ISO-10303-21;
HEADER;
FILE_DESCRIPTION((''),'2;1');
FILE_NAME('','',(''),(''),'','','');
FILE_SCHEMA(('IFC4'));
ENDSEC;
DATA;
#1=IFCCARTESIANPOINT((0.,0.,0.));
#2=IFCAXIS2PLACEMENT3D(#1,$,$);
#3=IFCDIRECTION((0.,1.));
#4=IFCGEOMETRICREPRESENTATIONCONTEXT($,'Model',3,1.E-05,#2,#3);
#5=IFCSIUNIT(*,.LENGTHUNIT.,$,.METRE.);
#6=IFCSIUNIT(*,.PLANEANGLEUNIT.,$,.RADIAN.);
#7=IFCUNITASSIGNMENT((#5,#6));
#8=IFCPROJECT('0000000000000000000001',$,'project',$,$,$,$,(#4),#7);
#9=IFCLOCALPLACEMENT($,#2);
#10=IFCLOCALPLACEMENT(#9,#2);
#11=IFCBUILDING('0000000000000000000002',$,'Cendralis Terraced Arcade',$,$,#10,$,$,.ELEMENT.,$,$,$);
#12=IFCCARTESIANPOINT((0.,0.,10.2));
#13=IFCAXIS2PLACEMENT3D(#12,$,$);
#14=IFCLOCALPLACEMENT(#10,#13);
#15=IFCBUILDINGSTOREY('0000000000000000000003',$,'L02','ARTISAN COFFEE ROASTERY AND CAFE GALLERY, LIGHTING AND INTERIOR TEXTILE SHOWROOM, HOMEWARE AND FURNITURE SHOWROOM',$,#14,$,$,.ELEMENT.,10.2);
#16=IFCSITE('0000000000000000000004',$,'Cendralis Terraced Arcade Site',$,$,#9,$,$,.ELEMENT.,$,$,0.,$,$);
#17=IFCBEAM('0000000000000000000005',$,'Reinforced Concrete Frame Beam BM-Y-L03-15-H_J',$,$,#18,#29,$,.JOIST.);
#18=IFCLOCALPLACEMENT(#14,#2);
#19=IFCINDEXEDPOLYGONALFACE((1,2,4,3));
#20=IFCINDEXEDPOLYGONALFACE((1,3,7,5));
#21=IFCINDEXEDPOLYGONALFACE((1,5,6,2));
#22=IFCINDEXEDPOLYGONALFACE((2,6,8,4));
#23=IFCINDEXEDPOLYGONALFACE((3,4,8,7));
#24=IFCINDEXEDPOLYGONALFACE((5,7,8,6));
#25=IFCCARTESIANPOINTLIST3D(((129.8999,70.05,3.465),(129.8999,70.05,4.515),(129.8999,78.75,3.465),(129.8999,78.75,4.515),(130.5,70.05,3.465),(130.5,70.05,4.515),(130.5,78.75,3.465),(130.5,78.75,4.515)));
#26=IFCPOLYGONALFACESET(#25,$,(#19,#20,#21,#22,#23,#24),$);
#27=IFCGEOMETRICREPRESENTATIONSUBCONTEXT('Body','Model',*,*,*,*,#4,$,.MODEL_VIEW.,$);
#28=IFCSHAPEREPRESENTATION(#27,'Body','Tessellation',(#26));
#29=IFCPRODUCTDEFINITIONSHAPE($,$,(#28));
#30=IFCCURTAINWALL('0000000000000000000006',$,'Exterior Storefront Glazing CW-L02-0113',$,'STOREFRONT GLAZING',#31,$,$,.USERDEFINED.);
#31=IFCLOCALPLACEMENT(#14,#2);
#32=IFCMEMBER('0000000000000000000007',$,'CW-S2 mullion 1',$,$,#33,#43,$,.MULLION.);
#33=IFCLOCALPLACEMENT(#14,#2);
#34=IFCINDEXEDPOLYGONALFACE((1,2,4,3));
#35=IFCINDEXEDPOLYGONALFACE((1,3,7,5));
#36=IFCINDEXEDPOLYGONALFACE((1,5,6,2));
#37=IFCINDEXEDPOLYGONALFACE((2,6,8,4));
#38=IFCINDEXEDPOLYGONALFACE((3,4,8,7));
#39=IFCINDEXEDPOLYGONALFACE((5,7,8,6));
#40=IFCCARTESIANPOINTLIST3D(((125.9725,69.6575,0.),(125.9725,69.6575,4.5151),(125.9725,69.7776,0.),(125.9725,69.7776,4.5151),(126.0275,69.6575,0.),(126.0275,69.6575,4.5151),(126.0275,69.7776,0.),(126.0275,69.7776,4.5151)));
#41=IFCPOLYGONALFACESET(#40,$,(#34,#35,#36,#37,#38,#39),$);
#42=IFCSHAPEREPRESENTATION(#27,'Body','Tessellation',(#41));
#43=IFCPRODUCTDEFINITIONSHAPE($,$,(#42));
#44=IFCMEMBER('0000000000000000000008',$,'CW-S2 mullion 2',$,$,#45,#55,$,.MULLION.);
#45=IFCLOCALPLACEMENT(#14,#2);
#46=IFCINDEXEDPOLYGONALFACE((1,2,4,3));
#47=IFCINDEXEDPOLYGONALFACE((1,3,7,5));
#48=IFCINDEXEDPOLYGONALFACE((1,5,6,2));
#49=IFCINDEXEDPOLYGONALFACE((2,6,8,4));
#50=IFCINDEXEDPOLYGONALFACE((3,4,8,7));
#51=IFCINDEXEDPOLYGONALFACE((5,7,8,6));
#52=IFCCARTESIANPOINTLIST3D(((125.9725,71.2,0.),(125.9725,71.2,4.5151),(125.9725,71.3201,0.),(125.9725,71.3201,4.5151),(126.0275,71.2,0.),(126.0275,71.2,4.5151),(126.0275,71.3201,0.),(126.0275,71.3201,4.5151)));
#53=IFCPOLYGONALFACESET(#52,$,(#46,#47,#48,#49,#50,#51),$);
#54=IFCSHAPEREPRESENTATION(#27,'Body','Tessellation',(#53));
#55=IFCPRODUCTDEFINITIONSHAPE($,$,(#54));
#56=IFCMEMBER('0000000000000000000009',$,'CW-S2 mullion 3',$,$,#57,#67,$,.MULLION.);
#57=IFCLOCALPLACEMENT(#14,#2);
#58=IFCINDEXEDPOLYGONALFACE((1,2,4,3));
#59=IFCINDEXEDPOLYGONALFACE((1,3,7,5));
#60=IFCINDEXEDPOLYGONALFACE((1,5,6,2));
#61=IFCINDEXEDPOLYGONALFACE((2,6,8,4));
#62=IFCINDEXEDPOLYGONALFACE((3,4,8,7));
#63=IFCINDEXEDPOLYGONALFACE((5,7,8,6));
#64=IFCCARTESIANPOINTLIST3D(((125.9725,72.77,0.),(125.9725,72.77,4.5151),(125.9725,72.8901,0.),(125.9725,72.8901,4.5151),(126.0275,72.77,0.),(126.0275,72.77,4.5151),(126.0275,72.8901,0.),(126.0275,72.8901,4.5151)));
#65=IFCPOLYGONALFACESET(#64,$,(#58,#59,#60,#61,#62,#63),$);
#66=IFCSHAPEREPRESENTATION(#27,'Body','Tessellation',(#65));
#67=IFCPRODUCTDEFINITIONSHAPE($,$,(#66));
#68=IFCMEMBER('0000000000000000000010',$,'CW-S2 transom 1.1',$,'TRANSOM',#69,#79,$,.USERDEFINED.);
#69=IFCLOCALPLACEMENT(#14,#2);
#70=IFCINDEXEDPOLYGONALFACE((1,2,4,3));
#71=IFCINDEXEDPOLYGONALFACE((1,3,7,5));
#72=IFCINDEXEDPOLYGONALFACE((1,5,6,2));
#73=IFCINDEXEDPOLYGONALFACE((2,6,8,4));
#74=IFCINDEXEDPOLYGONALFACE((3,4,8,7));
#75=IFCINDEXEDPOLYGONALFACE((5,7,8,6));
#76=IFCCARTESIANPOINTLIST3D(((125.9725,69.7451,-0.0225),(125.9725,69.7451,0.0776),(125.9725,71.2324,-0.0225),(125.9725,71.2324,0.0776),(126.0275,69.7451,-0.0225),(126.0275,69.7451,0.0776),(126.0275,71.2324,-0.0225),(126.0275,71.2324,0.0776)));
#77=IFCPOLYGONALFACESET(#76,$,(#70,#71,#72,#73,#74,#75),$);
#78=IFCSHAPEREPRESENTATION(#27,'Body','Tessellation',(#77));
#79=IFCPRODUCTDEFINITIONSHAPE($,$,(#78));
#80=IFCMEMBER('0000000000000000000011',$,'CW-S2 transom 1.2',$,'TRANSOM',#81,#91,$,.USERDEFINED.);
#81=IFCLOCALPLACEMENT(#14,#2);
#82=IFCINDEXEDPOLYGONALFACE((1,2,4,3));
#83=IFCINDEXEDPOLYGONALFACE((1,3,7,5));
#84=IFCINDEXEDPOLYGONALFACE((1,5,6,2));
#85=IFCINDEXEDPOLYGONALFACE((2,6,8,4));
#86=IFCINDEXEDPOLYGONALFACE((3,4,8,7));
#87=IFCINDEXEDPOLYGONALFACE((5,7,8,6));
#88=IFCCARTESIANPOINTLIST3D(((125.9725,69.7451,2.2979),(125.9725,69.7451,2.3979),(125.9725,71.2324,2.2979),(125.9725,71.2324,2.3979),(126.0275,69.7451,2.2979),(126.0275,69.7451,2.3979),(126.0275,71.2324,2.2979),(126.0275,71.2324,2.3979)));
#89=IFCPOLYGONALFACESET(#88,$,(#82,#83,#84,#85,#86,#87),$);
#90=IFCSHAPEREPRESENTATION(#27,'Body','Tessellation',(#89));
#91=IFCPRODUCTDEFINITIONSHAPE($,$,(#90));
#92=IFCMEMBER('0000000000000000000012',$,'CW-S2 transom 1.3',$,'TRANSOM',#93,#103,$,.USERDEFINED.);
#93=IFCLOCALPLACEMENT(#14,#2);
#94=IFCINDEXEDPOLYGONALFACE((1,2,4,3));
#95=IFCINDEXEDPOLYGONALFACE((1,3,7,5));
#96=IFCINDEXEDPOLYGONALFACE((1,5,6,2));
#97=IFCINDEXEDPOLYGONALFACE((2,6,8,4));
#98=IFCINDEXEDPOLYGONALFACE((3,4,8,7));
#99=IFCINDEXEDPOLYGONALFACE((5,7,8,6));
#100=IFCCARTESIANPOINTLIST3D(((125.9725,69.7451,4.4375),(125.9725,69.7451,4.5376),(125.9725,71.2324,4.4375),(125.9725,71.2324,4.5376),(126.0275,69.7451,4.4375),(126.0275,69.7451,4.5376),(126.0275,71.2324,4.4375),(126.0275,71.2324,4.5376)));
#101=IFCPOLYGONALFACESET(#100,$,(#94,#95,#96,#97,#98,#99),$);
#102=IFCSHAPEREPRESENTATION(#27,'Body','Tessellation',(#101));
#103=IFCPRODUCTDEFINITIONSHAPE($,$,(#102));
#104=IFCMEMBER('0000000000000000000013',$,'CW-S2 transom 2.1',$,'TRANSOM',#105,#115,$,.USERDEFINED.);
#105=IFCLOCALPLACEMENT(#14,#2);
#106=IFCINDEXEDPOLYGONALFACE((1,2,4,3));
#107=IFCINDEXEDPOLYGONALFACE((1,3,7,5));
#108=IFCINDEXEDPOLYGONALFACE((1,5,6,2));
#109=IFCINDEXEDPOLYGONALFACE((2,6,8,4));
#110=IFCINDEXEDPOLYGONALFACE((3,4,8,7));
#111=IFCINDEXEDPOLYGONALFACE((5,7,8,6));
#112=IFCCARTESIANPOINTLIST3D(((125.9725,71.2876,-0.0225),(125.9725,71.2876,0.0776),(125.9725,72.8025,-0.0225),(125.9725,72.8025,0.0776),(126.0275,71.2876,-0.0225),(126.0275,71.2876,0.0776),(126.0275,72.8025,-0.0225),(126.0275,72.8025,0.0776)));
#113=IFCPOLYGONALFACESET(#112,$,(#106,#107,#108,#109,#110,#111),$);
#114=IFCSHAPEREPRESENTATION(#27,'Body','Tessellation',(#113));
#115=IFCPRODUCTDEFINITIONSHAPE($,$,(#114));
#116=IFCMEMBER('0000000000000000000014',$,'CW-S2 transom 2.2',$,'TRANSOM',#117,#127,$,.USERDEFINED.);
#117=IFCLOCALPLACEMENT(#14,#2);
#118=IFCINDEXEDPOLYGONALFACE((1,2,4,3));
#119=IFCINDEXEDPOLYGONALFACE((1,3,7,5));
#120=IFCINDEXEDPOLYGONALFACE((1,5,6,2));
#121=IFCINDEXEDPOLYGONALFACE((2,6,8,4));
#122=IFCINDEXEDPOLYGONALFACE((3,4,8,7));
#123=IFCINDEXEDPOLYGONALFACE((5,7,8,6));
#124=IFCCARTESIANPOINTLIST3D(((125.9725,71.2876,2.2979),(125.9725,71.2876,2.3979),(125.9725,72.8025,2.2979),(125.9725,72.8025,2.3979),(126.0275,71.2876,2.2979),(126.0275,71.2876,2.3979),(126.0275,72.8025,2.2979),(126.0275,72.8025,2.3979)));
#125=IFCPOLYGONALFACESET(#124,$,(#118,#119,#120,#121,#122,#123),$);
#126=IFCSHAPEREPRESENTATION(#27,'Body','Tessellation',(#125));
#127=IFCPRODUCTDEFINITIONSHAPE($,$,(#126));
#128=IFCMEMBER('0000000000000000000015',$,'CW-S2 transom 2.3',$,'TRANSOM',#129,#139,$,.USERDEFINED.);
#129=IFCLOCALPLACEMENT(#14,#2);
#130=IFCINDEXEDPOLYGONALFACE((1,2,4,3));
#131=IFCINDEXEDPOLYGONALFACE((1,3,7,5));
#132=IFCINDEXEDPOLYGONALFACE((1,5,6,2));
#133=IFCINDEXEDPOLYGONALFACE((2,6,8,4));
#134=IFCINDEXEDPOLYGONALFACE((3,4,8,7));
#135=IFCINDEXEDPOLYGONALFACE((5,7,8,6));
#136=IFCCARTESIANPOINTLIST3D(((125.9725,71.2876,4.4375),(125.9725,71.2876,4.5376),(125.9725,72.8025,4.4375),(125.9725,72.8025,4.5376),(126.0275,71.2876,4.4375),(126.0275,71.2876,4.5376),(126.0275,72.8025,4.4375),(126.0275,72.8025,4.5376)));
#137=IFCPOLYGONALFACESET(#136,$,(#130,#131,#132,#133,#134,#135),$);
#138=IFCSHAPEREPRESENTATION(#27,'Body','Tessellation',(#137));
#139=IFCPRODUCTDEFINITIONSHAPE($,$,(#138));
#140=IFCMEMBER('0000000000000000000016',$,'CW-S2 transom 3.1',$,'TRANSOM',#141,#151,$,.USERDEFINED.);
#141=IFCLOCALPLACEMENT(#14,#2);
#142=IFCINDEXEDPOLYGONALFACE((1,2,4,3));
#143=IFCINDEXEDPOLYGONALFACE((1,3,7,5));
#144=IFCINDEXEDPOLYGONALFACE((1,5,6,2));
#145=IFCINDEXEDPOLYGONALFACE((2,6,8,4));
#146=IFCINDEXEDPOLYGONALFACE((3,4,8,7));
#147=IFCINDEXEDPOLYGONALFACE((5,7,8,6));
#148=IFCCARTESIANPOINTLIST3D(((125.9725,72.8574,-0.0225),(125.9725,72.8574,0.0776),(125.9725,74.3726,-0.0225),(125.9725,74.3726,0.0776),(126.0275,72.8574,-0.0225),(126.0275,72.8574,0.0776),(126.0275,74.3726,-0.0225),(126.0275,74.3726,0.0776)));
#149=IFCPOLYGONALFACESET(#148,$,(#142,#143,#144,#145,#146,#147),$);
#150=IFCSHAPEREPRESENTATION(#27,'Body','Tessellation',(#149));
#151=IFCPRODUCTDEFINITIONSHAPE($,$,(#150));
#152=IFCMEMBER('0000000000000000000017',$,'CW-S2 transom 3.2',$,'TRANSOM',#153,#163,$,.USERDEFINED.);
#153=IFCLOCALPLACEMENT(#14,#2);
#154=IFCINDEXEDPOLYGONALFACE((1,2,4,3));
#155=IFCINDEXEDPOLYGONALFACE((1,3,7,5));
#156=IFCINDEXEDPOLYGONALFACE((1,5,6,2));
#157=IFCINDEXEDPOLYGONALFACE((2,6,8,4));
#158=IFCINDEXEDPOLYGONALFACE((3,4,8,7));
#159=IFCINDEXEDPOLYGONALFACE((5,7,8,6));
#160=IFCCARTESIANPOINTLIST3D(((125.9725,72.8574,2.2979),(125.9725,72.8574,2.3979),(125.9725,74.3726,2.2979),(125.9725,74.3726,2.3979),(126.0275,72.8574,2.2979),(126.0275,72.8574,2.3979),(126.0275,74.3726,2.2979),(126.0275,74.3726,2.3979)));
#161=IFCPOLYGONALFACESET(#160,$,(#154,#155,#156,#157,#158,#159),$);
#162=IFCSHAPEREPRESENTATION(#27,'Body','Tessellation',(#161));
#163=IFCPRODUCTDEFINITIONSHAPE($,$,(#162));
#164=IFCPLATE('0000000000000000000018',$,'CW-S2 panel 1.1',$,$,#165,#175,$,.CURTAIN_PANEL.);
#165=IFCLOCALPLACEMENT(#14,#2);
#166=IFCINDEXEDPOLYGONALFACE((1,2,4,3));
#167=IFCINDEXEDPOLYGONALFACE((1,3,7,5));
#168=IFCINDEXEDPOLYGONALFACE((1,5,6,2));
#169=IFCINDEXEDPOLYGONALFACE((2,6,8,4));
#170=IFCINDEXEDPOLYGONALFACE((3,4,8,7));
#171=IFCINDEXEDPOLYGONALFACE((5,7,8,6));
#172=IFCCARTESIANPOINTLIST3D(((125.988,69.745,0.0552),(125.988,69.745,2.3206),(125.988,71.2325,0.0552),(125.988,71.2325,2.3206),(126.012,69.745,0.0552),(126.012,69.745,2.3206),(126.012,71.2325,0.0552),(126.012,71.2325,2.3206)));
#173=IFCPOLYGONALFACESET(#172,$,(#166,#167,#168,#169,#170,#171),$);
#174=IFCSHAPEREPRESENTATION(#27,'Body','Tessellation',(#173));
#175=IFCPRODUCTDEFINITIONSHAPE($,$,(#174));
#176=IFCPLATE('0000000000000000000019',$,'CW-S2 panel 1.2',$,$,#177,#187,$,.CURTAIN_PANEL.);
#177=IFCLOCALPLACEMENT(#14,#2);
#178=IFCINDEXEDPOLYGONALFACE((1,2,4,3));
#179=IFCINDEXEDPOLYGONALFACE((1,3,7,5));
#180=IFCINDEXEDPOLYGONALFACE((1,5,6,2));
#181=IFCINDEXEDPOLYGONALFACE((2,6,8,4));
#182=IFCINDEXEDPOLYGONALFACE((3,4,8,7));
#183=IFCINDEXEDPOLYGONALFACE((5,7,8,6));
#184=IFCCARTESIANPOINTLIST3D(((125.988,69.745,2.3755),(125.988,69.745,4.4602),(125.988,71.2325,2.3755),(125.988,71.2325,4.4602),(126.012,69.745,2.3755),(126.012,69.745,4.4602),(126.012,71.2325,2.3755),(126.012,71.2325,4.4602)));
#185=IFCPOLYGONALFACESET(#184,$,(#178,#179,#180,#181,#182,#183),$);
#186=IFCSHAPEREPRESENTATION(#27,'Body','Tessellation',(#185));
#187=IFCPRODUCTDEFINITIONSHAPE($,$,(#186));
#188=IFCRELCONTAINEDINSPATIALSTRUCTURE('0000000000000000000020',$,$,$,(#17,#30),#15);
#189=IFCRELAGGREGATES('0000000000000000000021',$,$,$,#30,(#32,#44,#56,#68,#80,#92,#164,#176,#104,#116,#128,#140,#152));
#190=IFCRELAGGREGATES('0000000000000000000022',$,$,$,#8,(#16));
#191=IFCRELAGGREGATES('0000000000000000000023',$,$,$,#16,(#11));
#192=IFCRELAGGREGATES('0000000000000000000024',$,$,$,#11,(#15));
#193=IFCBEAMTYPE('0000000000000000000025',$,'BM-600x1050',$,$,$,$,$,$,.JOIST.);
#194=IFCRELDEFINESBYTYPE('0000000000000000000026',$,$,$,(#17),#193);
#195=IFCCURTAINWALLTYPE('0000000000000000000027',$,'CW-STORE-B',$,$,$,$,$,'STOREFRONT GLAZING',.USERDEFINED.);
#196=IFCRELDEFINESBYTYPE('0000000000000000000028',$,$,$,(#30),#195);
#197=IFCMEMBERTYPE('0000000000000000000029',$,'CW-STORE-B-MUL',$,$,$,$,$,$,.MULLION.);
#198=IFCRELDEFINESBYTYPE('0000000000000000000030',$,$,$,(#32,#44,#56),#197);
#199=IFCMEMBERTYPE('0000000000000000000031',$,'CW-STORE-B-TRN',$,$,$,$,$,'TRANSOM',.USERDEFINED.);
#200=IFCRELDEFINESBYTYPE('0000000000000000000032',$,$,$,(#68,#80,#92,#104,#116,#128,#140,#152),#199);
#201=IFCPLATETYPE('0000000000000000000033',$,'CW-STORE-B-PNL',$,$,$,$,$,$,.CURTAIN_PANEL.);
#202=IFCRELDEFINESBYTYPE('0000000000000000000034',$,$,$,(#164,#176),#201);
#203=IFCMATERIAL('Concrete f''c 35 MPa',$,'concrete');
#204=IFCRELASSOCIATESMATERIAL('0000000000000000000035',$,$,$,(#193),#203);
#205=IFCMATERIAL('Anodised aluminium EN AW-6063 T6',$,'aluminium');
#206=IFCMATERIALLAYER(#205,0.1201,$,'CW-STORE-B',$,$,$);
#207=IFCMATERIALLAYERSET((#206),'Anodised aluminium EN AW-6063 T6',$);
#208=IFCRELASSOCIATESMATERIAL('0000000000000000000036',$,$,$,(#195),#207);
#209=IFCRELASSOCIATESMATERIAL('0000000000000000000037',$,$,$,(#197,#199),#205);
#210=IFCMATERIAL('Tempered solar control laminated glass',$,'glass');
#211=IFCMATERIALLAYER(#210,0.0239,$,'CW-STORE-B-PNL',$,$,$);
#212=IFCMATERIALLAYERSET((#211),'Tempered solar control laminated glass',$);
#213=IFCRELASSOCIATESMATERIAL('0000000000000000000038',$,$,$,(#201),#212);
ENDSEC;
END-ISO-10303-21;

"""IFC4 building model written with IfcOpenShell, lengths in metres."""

from ifc_helpers import new_model, si_unit, direction, frame, origin, origin_2d, place, context, subcontext, project, spatial, rectangle, extrude, material, layer, layer_set, material_profile, profile_set, type_object, element, aggregate, save


model = new_model("IFC4")

# Units and contexts
model_context = context("Model", 3, precision=1e-05, world=origin(), true_north=direction((0.0, 1.0)))
body_context = subcontext(model_context, "Body", "Model", "MODEL_VIEW")
ifc_project = project(units=[si_unit("LENGTHUNIT", "METRE"), si_unit("PLANEANGLEUNIT", "RADIAN")], contexts=[model_context])

# Site, building, storey
site_placement = place(None, origin())
site = spatial("IfcSite", under=ifc_project, at=site_placement, Name="Cendralis Terraced Arcade Site", CompositionType="ELEMENT", RefElevation=0.0)
building_placement = place(site_placement, origin())
building = spatial("IfcBuilding", under=site, at=building_placement, Name="Cendralis Terraced Arcade", CompositionType="ELEMENT")
storey_placement = place(building_placement, frame((0.0, 0.0, 10.2)))
storey = spatial("IfcBuildingStorey", under=building, at=storey_placement, Name="L02", Description="ARTISAN COFFEE ROASTERY AND CAFE GALLERY, LIGHTING AND INTERIOR TEXTILE SHOWROOM, HOMEWARE AND FURNITURE SHOWROOM", CompositionType="ELEMENT", Elevation=10.2)

# Beam
ifc_material_1 = material(Name="Concrete f'c 35 MPa", Category="concrete")
ifc_material_profile_1 = material_profile(ifc_material_1, rectangle(XDim=0.6001, YDim=1.05, at=origin_2d()), Name="RC-BM-600x1050", Category="LoadBearing")
ifc_profile_set_1 = profile_set([ifc_material_profile_1], Name="Concrete f'c 35 MPa")
beam_type = type_object("IfcBeamType", Name="BM-600x1050", PredefinedType="JOIST", material=ifc_profile_set_1)
beam_placement = place(storey_placement, frame((130.2, 70.05, 3.99), z_axis=(0.0, 1.0, 0.0), x_axis=(-1.0, 0.0, 0.0)))
element("IfcBeam", 1, at=beam_placement, inside=storey, type_object=beam_type, Name="Reinforced Concrete Frame Beam BM-Y-L03-15-H_J", PredefinedType="JOIST", context=body_context, shape_type="SweptSolid", body=[
    extrude(rectangle(XDim=0.6001, YDim=1.05, at=origin_2d()), origin(), (0.0, 0.0, 1.0), 8.7),
])

# Curtain wall, members, plates
ifc_material_2 = material(Name="Anodised aluminium EN AW-6063 T6", Category="aluminium")
ifc_layer_1 = layer(ifc_material_2, 0.1201, Name="CW-STORE-B")
ifc_layer_set_1 = layer_set([ifc_layer_1], Name="Anodised aluminium EN AW-6063 T6")
curtain_wall_type = type_object("IfcCurtainWallType", Name="CW-STORE-B", ElementType="STOREFRONT GLAZING", PredefinedType="USERDEFINED", material=ifc_layer_set_1)
curtain_wall_placement = place(storey_placement, origin())
curtain_wall = element("IfcCurtainWall", 2, at=curtain_wall_placement, inside=storey, type_object=curtain_wall_type, Name="Exterior Storefront Glazing CW-L02-0113", ObjectType="STOREFRONT GLAZING", PredefinedType="USERDEFINED")
ifc_material_profile_2 = material_profile(ifc_material_2, rectangle(XDim=0.0549, YDim=0.1201, at=origin_2d()), Name="ALU-MUL-55x120")
ifc_profile_set_2 = profile_set([ifc_material_profile_2], Name="Anodised aluminium EN AW-6063 T6")
member_type_1 = type_object("IfcMemberType", Name="CW-STORE-B-MUL", PredefinedType="MULLION", material=ifc_profile_set_2)
member_1_placement = place(storey_placement, frame((126.0, 69.7175, 0.0), z_axis=(0.0, 0.0, 1.0), x_axis=(-1.0, 0.0, 0.0)))
member_1 = element("IfcMember", 3, at=member_1_placement, type_object=member_type_1, Name="CW-S2 mullion 1", PredefinedType="MULLION", context=body_context, shape_type="SweptSolid", body=[
    extrude(rectangle(XDim=0.0549, YDim=0.1201, at=origin_2d()), origin(), (0.0, 0.0, 1.0), 4.5151),
])
member_2_placement = place(storey_placement, frame((126.0, 71.26, 0.0), z_axis=(0.0, 0.0, 1.0), x_axis=(-1.0, 0.0, 0.0)))
member_2 = element("IfcMember", 4, at=member_2_placement, type_object=member_type_1, Name="CW-S2 mullion 2", PredefinedType="MULLION", context=body_context, shape_type="SweptSolid", body=[
    extrude(rectangle(XDim=0.0549, YDim=0.1201, at=origin_2d()), origin(), (0.0, 0.0, 1.0), 4.5151),
])
member_3_placement = place(storey_placement, frame((126.0, 72.8301, 0.0), z_axis=(0.0, 0.0, 1.0), x_axis=(-1.0, 0.0, 0.0)))
member_3 = element("IfcMember", 5, at=member_3_placement, type_object=member_type_1, Name="CW-S2 mullion 3", PredefinedType="MULLION", context=body_context, shape_type="SweptSolid", body=[
    extrude(rectangle(XDim=0.0549, YDim=0.1201, at=origin_2d()), origin(), (0.0, 0.0, 1.0), 4.5151),
])
ifc_material_profile_3 = material_profile(ifc_material_2, rectangle(XDim=0.0549, YDim=0.1001, at=origin_2d()), Name="ALU-TRN-55x100")
ifc_profile_set_3 = profile_set([ifc_material_profile_3], Name="Anodised aluminium EN AW-6063 T6")
member_type_2 = type_object("IfcMemberType", Name="CW-STORE-B-TRN", ElementType="TRANSOM", PredefinedType="USERDEFINED", material=ifc_profile_set_3)
member_4_placement = place(storey_placement, frame((126.0, 69.7451, 0.0276), z_axis=(0.0, 1.0, 0.0), x_axis=(-1.0, 0.0, 0.0)))
member_4 = element("IfcMember", 6, at=member_4_placement, type_object=member_type_2, Name="CW-S2 transom 1.1", ObjectType="TRANSOM", PredefinedType="USERDEFINED", context=body_context, shape_type="SweptSolid", body=[
    extrude(rectangle(XDim=0.0549, YDim=0.1001, at=origin_2d()), origin(), (0.0, 0.0, 1.0), 1.4873),
])
member_5_placement = place(storey_placement, frame((126.0, 69.7451, 2.3479), z_axis=(0.0, 1.0, 0.0), x_axis=(-1.0, 0.0, 0.0)))
member_5 = element("IfcMember", 7, at=member_5_placement, type_object=member_type_2, Name="CW-S2 transom 1.2", ObjectType="TRANSOM", PredefinedType="USERDEFINED", context=body_context, shape_type="SweptSolid", body=[
    extrude(rectangle(XDim=0.0549, YDim=0.1001, at=origin_2d()), origin(), (0.0, 0.0, 1.0), 1.4873),
])
member_6_placement = place(storey_placement, frame((126.0, 69.7451, 4.4875), z_axis=(0.0, 1.0, 0.0), x_axis=(-1.0, 0.0, 0.0)))
member_6 = element("IfcMember", 8, at=member_6_placement, type_object=member_type_2, Name="CW-S2 transom 1.3", ObjectType="TRANSOM", PredefinedType="USERDEFINED", context=body_context, shape_type="SweptSolid", body=[
    extrude(rectangle(XDim=0.0549, YDim=0.1001, at=origin_2d()), origin(), (0.0, 0.0, 1.0), 1.4873),
])
member_7_placement = place(storey_placement, frame((126.0, 71.2876, 0.0276), z_axis=(0.0, 1.0, 0.0), x_axis=(-1.0, 0.0, 0.0)))
member_7 = element("IfcMember", 9, at=member_7_placement, type_object=member_type_2, Name="CW-S2 transom 2.1", ObjectType="TRANSOM", PredefinedType="USERDEFINED", context=body_context, shape_type="SweptSolid", body=[
    extrude(rectangle(XDim=0.0549, YDim=0.1001, at=origin_2d()), origin(), (0.0, 0.0, 1.0), 1.5149),
])
member_8_placement = place(storey_placement, frame((126.0, 71.2876, 2.3479), z_axis=(0.0, 1.0, 0.0), x_axis=(-1.0, 0.0, 0.0)))
member_8 = element("IfcMember", 10, at=member_8_placement, type_object=member_type_2, Name="CW-S2 transom 2.2", ObjectType="TRANSOM", PredefinedType="USERDEFINED", context=body_context, shape_type="SweptSolid", body=[
    extrude(rectangle(XDim=0.0549, YDim=0.1001, at=origin_2d()), origin(), (0.0, 0.0, 1.0), 1.5149),
])
member_9_placement = place(storey_placement, frame((126.0, 71.2876, 4.4875), z_axis=(0.0, 1.0, 0.0), x_axis=(-1.0, 0.0, 0.0)))
member_9 = element("IfcMember", 11, at=member_9_placement, type_object=member_type_2, Name="CW-S2 transom 2.3", ObjectType="TRANSOM", PredefinedType="USERDEFINED", context=body_context, shape_type="SweptSolid", body=[
    extrude(rectangle(XDim=0.0549, YDim=0.1001, at=origin_2d()), origin(), (0.0, 0.0, 1.0), 1.5149),
])
member_10_placement = place(storey_placement, frame((126.0, 72.8574, 0.0276), z_axis=(0.0, 1.0, 0.0), x_axis=(-1.0, 0.0, 0.0)))
member_10 = element("IfcMember", 12, at=member_10_placement, type_object=member_type_2, Name="CW-S2 transom 3.1", ObjectType="TRANSOM", PredefinedType="USERDEFINED", context=body_context, shape_type="SweptSolid", body=[
    extrude(rectangle(XDim=0.0549, YDim=0.1001, at=origin_2d()), origin(), (0.0, 0.0, 1.0), 1.5151),
])
member_11_placement = place(storey_placement, frame((126.0, 72.8574, 2.3479), z_axis=(0.0, 1.0, 0.0), x_axis=(-1.0, 0.0, 0.0)))
member_11 = element("IfcMember", 13, at=member_11_placement, type_object=member_type_2, Name="CW-S2 transom 3.2", ObjectType="TRANSOM", PredefinedType="USERDEFINED", context=body_context, shape_type="SweptSolid", body=[
    extrude(rectangle(XDim=0.0549, YDim=0.1001, at=origin_2d()), origin(), (0.0, 0.0, 1.0), 1.5151),
])
ifc_material_3 = material(Name="Tempered solar control laminated glass", Category="glass")
ifc_layer_2 = layer(ifc_material_3, 0.0239, Name="CW-STORE-B-PNL")
ifc_layer_set_2 = layer_set([ifc_layer_2], Name="Tempered solar control laminated glass")
plate_type = type_object("IfcPlateType", Name="CW-STORE-B-PNL", PredefinedType="CURTAIN_PANEL", material=ifc_layer_set_2)
plate_1_placement = place(storey_placement, frame((126.0, 70.4888, 0.0552), z_axis=(0.0, 0.0, 1.0), x_axis=(0.0, 1.0, 0.0)))
plate_1 = element("IfcPlate", 14, at=plate_1_placement, type_object=plate_type, Name="CW-S2 panel 1.1", PredefinedType="CURTAIN_PANEL", context=body_context, shape_type="SweptSolid", body=[
    extrude(rectangle(XDim=1.4875, YDim=0.0239, at=origin_2d()), origin(), (0.0, 0.0, 1.0), 2.2654),
])
plate_2_placement = place(storey_placement, frame((126.0, 70.4888, 2.3755), z_axis=(0.0, 0.0, 1.0), x_axis=(0.0, 1.0, 0.0)))
plate_2 = element("IfcPlate", 15, at=plate_2_placement, type_object=plate_type, Name="CW-S2 panel 1.2", PredefinedType="CURTAIN_PANEL", context=body_context, shape_type="SweptSolid", body=[
    extrude(rectangle(XDim=1.4875, YDim=0.0239, at=origin_2d()), origin(), (0.0, 0.0, 1.0), 2.0847),
])
aggregate(curtain_wall, [member_1, member_2, member_3, member_4, member_5, member_6, plate_1, plate_2, member_7, member_8, member_9, member_10, member_11])

save(model, "model.ifc")
